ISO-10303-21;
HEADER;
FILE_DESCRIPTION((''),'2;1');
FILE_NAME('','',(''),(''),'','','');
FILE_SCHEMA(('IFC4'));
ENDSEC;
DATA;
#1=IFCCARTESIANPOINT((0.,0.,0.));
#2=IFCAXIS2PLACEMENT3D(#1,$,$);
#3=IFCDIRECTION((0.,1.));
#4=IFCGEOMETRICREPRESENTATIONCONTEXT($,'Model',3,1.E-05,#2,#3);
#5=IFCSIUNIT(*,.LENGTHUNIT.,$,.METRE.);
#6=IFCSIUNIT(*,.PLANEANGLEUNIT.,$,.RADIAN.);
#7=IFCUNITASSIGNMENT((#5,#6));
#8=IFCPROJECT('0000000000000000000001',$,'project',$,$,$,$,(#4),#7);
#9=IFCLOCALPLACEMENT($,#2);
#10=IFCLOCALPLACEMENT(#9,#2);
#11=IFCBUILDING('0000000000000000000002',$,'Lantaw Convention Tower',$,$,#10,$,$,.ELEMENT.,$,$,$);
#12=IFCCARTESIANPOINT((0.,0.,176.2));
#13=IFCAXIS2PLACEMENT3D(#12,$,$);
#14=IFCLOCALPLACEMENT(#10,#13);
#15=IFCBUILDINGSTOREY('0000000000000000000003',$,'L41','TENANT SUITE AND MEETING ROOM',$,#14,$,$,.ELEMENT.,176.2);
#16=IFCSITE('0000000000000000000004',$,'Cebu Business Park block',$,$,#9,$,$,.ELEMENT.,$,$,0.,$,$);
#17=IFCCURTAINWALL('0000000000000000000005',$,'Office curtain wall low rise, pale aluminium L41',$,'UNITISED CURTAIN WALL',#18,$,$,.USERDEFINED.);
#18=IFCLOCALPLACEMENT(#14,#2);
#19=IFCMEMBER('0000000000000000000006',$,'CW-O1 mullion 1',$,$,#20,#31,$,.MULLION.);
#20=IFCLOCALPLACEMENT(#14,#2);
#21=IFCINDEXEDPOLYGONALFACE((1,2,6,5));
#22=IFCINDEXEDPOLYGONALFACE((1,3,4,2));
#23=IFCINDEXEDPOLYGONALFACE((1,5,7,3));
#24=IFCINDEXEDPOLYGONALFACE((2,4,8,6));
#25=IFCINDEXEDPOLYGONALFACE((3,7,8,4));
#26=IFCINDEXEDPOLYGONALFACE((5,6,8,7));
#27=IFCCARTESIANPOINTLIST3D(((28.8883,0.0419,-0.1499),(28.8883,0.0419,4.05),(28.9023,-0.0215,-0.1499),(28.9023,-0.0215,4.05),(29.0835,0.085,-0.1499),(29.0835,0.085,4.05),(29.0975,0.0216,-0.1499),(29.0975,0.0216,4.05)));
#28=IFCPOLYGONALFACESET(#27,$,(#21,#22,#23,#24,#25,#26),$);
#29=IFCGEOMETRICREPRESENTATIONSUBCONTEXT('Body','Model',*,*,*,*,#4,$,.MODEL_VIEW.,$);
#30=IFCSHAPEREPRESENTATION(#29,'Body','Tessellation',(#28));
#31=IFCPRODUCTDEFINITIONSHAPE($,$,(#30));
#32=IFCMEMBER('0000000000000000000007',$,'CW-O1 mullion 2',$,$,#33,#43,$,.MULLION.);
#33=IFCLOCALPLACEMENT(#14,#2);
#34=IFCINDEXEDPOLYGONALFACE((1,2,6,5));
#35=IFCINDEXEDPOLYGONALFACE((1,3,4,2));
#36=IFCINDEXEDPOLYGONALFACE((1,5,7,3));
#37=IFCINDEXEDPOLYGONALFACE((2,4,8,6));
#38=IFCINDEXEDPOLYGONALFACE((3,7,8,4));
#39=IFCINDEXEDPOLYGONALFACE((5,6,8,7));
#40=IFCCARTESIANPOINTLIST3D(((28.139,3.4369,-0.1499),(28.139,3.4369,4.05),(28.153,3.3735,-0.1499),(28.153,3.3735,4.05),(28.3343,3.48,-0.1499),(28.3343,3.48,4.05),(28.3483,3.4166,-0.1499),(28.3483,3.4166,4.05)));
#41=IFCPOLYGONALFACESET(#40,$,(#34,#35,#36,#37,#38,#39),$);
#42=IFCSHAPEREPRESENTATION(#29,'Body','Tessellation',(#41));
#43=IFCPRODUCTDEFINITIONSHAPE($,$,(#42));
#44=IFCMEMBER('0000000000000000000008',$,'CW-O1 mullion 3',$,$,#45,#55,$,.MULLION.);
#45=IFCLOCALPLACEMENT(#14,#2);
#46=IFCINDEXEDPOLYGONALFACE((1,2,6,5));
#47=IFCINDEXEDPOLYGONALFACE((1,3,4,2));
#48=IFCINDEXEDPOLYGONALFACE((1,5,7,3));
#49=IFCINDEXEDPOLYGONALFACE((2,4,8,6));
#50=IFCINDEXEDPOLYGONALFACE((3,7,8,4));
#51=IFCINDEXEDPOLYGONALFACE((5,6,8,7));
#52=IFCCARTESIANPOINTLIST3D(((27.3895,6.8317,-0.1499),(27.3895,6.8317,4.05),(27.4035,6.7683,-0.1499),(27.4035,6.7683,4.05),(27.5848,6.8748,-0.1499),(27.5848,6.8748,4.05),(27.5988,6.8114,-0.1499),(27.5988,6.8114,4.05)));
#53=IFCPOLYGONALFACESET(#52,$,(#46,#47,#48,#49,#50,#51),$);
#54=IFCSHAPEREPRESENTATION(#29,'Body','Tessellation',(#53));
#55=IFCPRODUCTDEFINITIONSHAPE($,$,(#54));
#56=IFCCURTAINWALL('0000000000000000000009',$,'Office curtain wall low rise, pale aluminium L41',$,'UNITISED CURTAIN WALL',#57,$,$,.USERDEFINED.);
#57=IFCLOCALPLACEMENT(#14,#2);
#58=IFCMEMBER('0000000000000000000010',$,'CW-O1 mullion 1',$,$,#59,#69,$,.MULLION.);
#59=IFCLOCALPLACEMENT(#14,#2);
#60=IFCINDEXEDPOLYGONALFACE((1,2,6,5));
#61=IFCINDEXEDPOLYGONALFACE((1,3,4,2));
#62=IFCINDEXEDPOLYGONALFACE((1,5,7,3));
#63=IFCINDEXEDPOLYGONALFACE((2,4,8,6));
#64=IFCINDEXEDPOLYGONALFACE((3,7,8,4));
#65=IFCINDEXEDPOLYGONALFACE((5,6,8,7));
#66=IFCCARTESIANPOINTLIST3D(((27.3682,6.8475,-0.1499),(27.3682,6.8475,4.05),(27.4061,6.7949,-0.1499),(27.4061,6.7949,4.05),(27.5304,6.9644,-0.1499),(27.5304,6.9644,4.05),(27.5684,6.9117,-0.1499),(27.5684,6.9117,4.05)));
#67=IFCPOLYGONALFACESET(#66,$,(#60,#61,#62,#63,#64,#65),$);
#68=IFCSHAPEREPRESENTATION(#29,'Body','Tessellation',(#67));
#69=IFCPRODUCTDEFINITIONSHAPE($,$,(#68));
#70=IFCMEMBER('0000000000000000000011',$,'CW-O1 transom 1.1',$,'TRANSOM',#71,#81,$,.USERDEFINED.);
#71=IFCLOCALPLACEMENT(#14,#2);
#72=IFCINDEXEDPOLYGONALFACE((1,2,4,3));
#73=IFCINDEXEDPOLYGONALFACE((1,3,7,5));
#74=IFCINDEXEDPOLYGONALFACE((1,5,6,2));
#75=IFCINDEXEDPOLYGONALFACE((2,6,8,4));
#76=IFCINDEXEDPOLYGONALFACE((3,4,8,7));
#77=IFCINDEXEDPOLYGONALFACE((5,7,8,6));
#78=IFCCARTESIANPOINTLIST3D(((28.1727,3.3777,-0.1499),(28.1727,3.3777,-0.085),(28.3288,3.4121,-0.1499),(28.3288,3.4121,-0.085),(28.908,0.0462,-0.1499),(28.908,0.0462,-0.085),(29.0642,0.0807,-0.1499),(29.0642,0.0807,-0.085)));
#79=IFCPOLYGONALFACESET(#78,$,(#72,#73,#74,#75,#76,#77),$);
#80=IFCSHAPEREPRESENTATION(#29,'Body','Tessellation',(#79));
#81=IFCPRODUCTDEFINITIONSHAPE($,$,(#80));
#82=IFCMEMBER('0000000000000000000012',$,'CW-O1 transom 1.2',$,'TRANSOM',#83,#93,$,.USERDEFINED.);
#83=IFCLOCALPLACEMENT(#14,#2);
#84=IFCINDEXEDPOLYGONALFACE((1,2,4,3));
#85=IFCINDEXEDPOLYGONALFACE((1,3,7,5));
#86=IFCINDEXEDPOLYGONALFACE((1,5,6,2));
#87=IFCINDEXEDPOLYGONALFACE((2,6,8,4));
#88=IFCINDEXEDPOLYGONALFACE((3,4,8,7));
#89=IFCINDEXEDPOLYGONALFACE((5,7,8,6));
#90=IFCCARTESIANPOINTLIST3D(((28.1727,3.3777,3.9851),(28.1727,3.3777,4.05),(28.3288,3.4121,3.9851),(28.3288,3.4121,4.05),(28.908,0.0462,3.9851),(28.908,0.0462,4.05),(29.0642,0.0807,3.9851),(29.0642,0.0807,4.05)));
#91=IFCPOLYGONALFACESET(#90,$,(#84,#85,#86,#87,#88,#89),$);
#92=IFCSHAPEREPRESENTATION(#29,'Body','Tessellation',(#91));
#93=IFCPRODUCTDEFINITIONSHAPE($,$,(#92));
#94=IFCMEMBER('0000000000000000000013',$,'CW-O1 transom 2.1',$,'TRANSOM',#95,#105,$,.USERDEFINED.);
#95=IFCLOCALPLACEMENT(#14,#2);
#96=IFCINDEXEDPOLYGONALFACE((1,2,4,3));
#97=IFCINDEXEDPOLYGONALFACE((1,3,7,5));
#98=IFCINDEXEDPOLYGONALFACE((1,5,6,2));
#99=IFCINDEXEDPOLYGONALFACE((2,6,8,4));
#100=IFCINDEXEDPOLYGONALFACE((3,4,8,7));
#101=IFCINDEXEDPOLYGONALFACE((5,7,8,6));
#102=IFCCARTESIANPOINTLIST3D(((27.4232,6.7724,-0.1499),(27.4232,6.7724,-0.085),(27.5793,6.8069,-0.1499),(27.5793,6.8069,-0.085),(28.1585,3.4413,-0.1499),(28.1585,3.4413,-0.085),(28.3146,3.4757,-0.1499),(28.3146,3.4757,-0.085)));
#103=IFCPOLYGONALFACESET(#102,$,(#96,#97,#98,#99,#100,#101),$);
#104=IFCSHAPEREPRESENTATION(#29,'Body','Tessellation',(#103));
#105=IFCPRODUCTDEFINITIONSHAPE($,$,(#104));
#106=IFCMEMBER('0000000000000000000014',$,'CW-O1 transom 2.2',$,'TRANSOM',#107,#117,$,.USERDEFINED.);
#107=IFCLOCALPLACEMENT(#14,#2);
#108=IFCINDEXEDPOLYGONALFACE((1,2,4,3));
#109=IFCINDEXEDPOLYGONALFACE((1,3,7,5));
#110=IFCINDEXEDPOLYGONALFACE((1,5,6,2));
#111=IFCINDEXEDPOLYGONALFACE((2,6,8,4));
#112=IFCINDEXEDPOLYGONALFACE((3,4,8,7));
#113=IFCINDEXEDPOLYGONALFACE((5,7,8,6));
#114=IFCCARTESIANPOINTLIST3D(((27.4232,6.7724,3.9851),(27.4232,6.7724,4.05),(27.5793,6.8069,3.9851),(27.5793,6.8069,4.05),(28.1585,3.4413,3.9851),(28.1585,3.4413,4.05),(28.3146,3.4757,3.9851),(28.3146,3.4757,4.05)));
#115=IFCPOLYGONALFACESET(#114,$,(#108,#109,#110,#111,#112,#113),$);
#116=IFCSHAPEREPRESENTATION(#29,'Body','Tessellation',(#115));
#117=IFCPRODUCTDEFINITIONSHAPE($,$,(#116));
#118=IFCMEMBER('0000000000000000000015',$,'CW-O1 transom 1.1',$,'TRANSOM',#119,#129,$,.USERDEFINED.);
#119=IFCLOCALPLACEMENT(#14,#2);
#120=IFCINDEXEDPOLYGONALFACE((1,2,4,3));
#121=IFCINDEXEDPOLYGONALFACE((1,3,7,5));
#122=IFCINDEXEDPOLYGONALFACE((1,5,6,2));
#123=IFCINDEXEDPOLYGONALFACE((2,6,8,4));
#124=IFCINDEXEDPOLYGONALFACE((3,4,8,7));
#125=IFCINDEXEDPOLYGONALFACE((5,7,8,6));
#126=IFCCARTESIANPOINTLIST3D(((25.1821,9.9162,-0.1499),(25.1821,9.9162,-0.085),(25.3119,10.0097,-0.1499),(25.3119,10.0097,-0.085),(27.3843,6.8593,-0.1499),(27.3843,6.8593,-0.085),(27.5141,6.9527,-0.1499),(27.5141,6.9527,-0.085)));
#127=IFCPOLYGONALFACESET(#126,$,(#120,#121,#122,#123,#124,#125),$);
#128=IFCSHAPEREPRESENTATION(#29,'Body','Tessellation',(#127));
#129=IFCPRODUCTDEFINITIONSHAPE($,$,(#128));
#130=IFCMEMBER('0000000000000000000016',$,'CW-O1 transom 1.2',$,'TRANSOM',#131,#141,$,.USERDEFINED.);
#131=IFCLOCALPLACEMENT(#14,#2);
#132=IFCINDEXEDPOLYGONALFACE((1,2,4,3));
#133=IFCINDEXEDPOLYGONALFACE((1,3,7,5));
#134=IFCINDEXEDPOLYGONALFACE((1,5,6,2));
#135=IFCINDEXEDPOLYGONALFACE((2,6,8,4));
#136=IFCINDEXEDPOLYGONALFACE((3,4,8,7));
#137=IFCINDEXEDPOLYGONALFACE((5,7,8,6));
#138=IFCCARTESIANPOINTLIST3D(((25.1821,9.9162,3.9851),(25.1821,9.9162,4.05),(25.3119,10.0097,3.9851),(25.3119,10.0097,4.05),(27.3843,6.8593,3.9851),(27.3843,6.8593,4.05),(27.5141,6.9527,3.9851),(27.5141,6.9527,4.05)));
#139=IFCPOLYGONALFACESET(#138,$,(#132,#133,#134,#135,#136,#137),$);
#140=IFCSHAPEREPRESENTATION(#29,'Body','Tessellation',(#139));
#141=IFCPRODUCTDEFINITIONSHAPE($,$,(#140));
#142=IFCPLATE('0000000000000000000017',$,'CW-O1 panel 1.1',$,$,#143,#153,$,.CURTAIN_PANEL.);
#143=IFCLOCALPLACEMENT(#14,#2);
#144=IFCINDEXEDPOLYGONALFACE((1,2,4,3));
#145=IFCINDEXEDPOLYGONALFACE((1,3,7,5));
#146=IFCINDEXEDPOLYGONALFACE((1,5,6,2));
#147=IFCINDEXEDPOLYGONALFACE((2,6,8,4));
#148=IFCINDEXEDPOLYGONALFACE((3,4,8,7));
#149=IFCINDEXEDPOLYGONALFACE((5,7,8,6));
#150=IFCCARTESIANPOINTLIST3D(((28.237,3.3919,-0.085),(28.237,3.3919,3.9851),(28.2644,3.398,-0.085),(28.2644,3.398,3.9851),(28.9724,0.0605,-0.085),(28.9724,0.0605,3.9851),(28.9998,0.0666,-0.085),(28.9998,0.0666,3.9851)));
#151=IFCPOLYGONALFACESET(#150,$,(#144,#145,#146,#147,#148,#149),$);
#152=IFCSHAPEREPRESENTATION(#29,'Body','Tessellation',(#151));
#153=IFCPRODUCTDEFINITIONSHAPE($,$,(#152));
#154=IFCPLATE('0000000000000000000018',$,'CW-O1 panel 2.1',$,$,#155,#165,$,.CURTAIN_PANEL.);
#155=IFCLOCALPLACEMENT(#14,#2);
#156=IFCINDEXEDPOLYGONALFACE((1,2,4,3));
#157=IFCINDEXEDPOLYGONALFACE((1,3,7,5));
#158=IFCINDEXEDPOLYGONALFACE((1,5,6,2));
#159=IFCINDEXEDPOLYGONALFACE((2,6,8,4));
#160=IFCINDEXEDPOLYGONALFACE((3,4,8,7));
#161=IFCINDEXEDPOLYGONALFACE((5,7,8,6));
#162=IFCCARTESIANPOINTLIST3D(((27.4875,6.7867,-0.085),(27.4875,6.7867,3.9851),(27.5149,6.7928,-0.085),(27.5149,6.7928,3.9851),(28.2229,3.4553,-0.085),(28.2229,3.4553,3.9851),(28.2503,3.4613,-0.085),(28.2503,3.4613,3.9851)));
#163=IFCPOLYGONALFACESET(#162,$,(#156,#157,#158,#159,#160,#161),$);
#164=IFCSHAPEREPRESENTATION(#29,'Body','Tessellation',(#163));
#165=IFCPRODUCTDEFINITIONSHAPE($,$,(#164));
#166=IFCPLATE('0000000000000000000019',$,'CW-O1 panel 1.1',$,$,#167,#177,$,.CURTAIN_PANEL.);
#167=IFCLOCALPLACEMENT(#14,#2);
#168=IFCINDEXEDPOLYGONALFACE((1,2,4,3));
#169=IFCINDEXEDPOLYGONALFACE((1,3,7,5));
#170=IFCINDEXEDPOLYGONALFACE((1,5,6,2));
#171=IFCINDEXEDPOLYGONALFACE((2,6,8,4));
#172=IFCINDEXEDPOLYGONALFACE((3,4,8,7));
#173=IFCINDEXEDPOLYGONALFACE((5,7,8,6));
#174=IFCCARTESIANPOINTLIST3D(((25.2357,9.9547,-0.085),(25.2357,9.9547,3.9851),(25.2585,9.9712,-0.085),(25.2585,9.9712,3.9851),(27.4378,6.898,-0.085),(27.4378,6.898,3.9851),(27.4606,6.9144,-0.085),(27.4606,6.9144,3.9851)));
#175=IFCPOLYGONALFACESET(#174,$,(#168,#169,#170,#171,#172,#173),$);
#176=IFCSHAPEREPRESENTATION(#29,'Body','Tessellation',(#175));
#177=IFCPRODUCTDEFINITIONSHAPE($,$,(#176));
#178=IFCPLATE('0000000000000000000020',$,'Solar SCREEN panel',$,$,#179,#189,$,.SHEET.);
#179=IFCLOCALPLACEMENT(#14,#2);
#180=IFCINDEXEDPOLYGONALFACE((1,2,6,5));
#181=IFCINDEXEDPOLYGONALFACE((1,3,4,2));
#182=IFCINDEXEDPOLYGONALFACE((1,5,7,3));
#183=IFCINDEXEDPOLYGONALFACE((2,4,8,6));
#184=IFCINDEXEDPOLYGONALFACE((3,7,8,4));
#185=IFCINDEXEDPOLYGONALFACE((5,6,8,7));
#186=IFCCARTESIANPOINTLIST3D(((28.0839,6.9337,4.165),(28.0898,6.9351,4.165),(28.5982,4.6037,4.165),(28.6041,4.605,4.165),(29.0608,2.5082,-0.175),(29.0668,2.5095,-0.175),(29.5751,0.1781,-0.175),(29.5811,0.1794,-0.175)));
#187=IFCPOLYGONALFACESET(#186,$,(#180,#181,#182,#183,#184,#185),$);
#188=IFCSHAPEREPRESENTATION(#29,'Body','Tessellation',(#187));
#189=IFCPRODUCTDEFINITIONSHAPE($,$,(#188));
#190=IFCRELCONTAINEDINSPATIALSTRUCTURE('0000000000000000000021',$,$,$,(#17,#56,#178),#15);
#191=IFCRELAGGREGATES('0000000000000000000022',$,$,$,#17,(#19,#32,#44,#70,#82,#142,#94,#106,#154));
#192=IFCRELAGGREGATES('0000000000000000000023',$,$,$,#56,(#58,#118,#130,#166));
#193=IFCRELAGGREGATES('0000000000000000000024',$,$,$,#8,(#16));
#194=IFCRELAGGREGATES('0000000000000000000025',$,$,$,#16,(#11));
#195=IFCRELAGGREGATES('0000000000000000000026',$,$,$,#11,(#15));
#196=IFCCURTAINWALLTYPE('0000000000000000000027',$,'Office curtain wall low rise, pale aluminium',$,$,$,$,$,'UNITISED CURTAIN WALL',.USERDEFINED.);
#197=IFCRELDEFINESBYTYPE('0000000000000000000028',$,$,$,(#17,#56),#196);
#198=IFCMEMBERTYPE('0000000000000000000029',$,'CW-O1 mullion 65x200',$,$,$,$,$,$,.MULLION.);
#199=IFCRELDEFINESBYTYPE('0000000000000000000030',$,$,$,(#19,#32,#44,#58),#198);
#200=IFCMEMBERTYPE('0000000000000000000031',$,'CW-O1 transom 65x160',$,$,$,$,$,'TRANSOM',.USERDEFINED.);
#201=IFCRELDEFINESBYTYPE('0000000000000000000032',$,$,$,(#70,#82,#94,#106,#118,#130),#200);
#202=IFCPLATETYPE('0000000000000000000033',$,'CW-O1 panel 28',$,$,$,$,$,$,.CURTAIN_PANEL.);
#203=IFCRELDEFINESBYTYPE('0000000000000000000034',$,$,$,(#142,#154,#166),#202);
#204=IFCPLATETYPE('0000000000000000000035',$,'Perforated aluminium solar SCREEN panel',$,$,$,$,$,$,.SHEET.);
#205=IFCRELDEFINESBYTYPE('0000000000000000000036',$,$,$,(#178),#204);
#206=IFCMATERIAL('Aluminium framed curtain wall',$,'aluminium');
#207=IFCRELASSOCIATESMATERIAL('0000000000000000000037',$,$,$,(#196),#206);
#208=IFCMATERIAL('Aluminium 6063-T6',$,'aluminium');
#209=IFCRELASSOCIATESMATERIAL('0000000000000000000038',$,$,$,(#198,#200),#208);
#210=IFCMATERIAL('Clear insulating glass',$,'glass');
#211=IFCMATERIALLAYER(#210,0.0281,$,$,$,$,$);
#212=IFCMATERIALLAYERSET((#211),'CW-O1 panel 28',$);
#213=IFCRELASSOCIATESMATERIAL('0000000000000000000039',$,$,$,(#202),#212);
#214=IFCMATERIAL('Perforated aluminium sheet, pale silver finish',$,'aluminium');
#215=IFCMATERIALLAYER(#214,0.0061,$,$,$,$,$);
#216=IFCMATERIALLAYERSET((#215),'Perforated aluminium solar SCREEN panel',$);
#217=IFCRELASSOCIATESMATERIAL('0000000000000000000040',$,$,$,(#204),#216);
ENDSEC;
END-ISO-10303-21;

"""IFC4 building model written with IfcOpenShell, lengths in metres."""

from ifc_helpers import new_model, si_unit, direction, frame, origin, origin_2d, place, context, subcontext, project, spatial, polyline, rectangle, outline, extrude, material, layer, layer_set, material_profile, profile_set, type_object, element, aggregate, save


model = new_model("IFC4")

# Units and contexts
model_context = context("Model", 3, precision=1e-05, world=origin(), true_north=direction((0.0, 1.0)))
body_context = subcontext(model_context, "Body", "Model", "MODEL_VIEW")
ifc_project = project(units=[si_unit("LENGTHUNIT", "METRE"), si_unit("PLANEANGLEUNIT", "RADIAN")], contexts=[model_context])

# Site, building, storey
site_placement = place(None, origin())
site = spatial("IfcSite", under=ifc_project, at=site_placement, Name="Cebu Business Park block", CompositionType="ELEMENT", RefElevation=0.0)
building_placement = place(site_placement, origin())
building = spatial("IfcBuilding", under=site, at=building_placement, Name="Lantaw Convention Tower", CompositionType="ELEMENT")
storey_placement = place(building_placement, frame((0.0, 0.0, 176.2)))
storey = spatial("IfcBuildingStorey", under=building, at=storey_placement, Name="L41", Description="TENANT SUITE AND MEETING ROOM", CompositionType="ELEMENT", Elevation=176.2)

# Curtain wall, members
ifc_material_1 = material(Name="Aluminium framed curtain wall", Category="aluminium")
curtain_wall_type = type_object("IfcCurtainWallType", Name="Office curtain wall low rise, pale aluminium", ElementType="UNITISED CURTAIN WALL", PredefinedType="USERDEFINED", material=ifc_material_1)
curtain_wall_1_placement = place(storey_placement, origin())
curtain_wall_1 = element("IfcCurtainWall", 1, at=curtain_wall_1_placement, inside=storey, type_object=curtain_wall_type, Name="Office curtain wall low rise, pale aluminium L41", ObjectType="UNITISED CURTAIN WALL", PredefinedType="USERDEFINED")
ifc_material_2 = material(Name="Aluminium 6063-T6", Category="aluminium")
ifc_material_profile_1 = material_profile(ifc_material_2, rectangle(XDim=0.2, YDim=0.0649, at=origin_2d()), Name="CW-O1 mullion 65x200")
ifc_profile_set_1 = profile_set([ifc_material_profile_1], Name="Aluminium 6063-T6")
member_type_1 = type_object("IfcMemberType", Name="CW-O1 mullion 65x200", PredefinedType="MULLION", material=ifc_profile_set_1)
member_1_placement = place(storey_placement, frame((28.9929, 0.0317, -0.1499), z_axis=(0.0, 0.0, 1.0), x_axis=(-0.976494, -0.215546, 0.0)))
member_1 = element("IfcMember", 2, at=member_1_placement, type_object=member_type_1, Name="CW-O1 mullion 1", PredefinedType="MULLION", context=body_context, shape_type="SweptSolid", body=[
    extrude(rectangle(XDim=0.2, YDim=0.0649, at=origin_2d()), origin(), (0.0, 0.0, 1.0), 4.2),
])
member_2_placement = place(storey_placement, frame((28.2437, 3.4268, -0.1499), z_axis=(0.0, 0.0, 1.0), x_axis=(-0.976494, -0.215546, 0.0)))
member_2 = element("IfcMember", 3, at=member_2_placement, type_object=member_type_1, Name="CW-O1 mullion 2", PredefinedType="MULLION", context=body_context, shape_type="SweptSolid", body=[
    extrude(rectangle(XDim=0.2, YDim=0.0649, at=origin_2d()), origin(), (0.0, 0.0, 1.0), 4.2),
])
member_3_placement = place(storey_placement, frame((27.4941, 6.8215, -0.1499), z_axis=(0.0, 0.0, 1.0), x_axis=(-0.976494, -0.215546, 0.0)))
member_3 = element("IfcMember", 4, at=member_3_placement, type_object=member_type_1, Name="CW-O1 mullion 3", PredefinedType="MULLION", context=body_context, shape_type="SweptSolid", body=[
    extrude(rectangle(XDim=0.2, YDim=0.0649, at=origin_2d()), origin(), (0.0, 0.0, 1.0), 4.2),
])

# Curtain wall, member
curtain_wall_2_placement = place(storey_placement, origin())
curtain_wall_2 = element("IfcCurtainWall", 5, at=curtain_wall_2_placement, inside=storey, type_object=curtain_wall_type, Name="Office curtain wall low rise, pale aluminium L41", ObjectType="UNITISED CURTAIN WALL", PredefinedType="USERDEFINED")
member_4_placement = place(storey_placement, frame((27.4683, 6.8796, -0.1499), z_axis=(0.0, 0.0, 1.0), x_axis=(-0.811385, -0.584513, 0.0)))
member_4 = element("IfcMember", 6, at=member_4_placement, type_object=member_type_1, Name="CW-O1 mullion 1", PredefinedType="MULLION", context=body_context, shape_type="SweptSolid", body=[
    extrude(rectangle(XDim=0.2, YDim=0.0649, at=origin_2d()), origin(), (0.0, 0.0, 1.0), 4.2),
])

# Members
ifc_material_profile_2 = material_profile(ifc_material_2, rectangle(XDim=0.1599, YDim=0.0649, at=origin_2d()), Name="CW-O1 transom 65x160")
ifc_profile_set_2 = profile_set([ifc_material_profile_2], Name="Aluminium 6063-T6")
member_type_2 = type_object("IfcMemberType", Name="CW-O1 transom 65x160", ElementType="TRANSOM", PredefinedType="USERDEFINED", material=ifc_profile_set_2)
member_5_placement = place(storey_placement, frame((28.9861, 0.0635, -0.1174), z_axis=(-0.215536, 0.976496, 0.0), x_axis=(-0.976496, -0.215536, 0.0)))
member_5 = element("IfcMember", 7, at=member_5_placement, type_object=member_type_2, Name="CW-O1 transom 1.1", ObjectType="TRANSOM", PredefinedType="USERDEFINED", context=body_context, shape_type="SweptSolid", body=[
    extrude(rectangle(XDim=0.1599, YDim=0.0649, at=origin_2d()), origin(), (0.0, 0.0, 1.0), 3.4116),
])
member_6_placement = place(storey_placement, frame((28.9861, 0.0635, 4.0176), z_axis=(-0.215536, 0.976496, 0.0), x_axis=(-0.976496, -0.215536, 0.0)))
member_6 = element("IfcMember", 8, at=member_6_placement, type_object=member_type_2, Name="CW-O1 transom 1.2", ObjectType="TRANSOM", PredefinedType="USERDEFINED", context=body_context, shape_type="SweptSolid", body=[
    extrude(rectangle(XDim=0.1599, YDim=0.0649, at=origin_2d()), origin(), (0.0, 0.0, 1.0), 3.4116),
])
member_7_placement = place(storey_placement, frame((28.2366, 3.4585, -0.1174), z_axis=(-0.215551, 0.976493, 0.0), x_axis=(-0.976493, -0.215551, 0.0)))
member_7 = element("IfcMember", 9, at=member_7_placement, type_object=member_type_2, Name="CW-O1 transom 2.1", ObjectType="TRANSOM", PredefinedType="USERDEFINED", context=body_context, shape_type="SweptSolid", body=[
    extrude(rectangle(XDim=0.1599, YDim=0.0649, at=origin_2d()), origin(), (0.0, 0.0, 1.0), 3.4114),
])
member_8_placement = place(storey_placement, frame((28.2366, 3.4585, 4.0176), z_axis=(-0.215551, 0.976493, 0.0), x_axis=(-0.976493, -0.215551, 0.0)))
member_8 = element("IfcMember", 10, at=member_8_placement, type_object=member_type_2, Name="CW-O1 transom 2.2", ObjectType="TRANSOM", PredefinedType="USERDEFINED", context=body_context, shape_type="SweptSolid", body=[
    extrude(rectangle(XDim=0.1599, YDim=0.0649, at=origin_2d()), origin(), (0.0, 0.0, 1.0), 3.4114),
])
member_9_placement = place(storey_placement, frame((27.4492, 6.906, -0.1174), z_axis=(-0.584513, 0.811384, 0.0), x_axis=(-0.811384, -0.584513, 0.0)))
member_9 = element("IfcMember", 11, at=member_9_placement, type_object=member_type_2, Name="CW-O1 transom 1.1", ObjectType="TRANSOM", PredefinedType="USERDEFINED", context=body_context, shape_type="SweptSolid", body=[
    extrude(rectangle(XDim=0.1599, YDim=0.0649, at=origin_2d()), origin(), (0.0, 0.0, 1.0), 3.7676),
])
member_10_placement = place(storey_placement, frame((27.4492, 6.906, 4.0176), z_axis=(-0.584513, 0.811384, 0.0), x_axis=(-0.811384, -0.584513, 0.0)))
member_10 = element("IfcMember", 12, at=member_10_placement, type_object=member_type_2, Name="CW-O1 transom 1.2", ObjectType="TRANSOM", PredefinedType="USERDEFINED", context=body_context, shape_type="SweptSolid", body=[
    extrude(rectangle(XDim=0.1599, YDim=0.0649, at=origin_2d()), origin(), (0.0, 0.0, 1.0), 3.7676),
])

# Plates
ifc_material_3 = material(Name="Clear insulating glass", Category="glass")
ifc_layer_1 = layer(ifc_material_3, 0.0281)
ifc_layer_set_1 = layer_set([ifc_layer_1], Name="CW-O1 panel 28")
plate_type_1 = type_object("IfcPlateType", Name="CW-O1 panel 28", PredefinedType="CURTAIN_PANEL", material=ifc_layer_set_1)
plate_1_placement = place(storey_placement, frame((28.6184, 1.7292, -0.085), z_axis=(0.0, 0.0, 1.0), x_axis=(-0.215546, 0.976494, 0.0)))
plate_1 = element("IfcPlate", 13, at=plate_1_placement, type_object=plate_type_1, Name="CW-O1 panel 1.1", PredefinedType="CURTAIN_PANEL", context=body_context, shape_type="SweptSolid", body=[
    extrude(rectangle(XDim=3.4116, YDim=0.0281, at=origin_2d()), origin(), (0.0, 0.0, 1.0), 4.0701),
])
plate_2_placement = place(storey_placement, frame((27.8689, 5.124, -0.085), z_axis=(0.0, 0.0, 1.0), x_axis=(-0.215546, 0.976494, 0.0)))
plate_2 = element("IfcPlate", 14, at=plate_2_placement, type_object=plate_type_1, Name="CW-O1 panel 2.1", PredefinedType="CURTAIN_PANEL", context=body_context, shape_type="SweptSolid", body=[
    extrude(rectangle(XDim=3.4116, YDim=0.0281, at=origin_2d()), origin(), (0.0, 0.0, 1.0), 4.0701),
])
aggregate(curtain_wall_1, [member_1, member_2, member_3, member_5, member_6, plate_1, member_7, member_8, plate_2])
plate_3_placement = place(storey_placement, frame((26.3481, 8.4346, -0.085), z_axis=(0.0, 0.0, 1.0), x_axis=(-0.584513, 0.811385, 0.0)))
plate_3 = element("IfcPlate", 15, at=plate_3_placement, type_object=plate_type_1, Name="CW-O1 panel 1.1", PredefinedType="CURTAIN_PANEL", context=body_context, shape_type="SweptSolid", body=[
    extrude(rectangle(XDim=3.7673, YDim=0.0281, at=origin_2d()), origin(), (0.0, 0.0, 1.0), 4.0701),
])
aggregate(curtain_wall_2, [member_4, member_9, member_10, plate_3])

# Plate
ifc_material_4 = material(Name="Perforated aluminium sheet, pale silver finish", Category="aluminium")
ifc_layer_2 = layer(ifc_material_4, 0.0061)
ifc_layer_set_2 = layer_set([ifc_layer_2], Name="Perforated aluminium solar SCREEN panel")
plate_type_2 = type_object("IfcPlateType", Name="Perforated aluminium solar SCREEN panel", PredefinedType="SHEET", material=ifc_layer_set_2)
plate_4_placement = place(storey_placement, frame((29.5811, 0.1794, -0.175), z_axis=(0.976498, 0.215527, 0.000033), x_axis=(-0.215527, 0.976498, 0.0)))
element("IfcPlate", 16, at=plate_4_placement, inside=storey, type_object=plate_type_2, Name="Solar SCREEN panel", PredefinedType="SHEET", context=body_context, shape_type="SweptSolid", body=[
    extrude(outline(polyline([(0.0, 0.0), (2.3862, 0.0), (6.9182, 4.3401), (4.5321, 4.3401), (0.0, 0.0)])), origin(), (0.0, 0.0, -1.0), 0.0061),
])

save(model, "model.ifc")
